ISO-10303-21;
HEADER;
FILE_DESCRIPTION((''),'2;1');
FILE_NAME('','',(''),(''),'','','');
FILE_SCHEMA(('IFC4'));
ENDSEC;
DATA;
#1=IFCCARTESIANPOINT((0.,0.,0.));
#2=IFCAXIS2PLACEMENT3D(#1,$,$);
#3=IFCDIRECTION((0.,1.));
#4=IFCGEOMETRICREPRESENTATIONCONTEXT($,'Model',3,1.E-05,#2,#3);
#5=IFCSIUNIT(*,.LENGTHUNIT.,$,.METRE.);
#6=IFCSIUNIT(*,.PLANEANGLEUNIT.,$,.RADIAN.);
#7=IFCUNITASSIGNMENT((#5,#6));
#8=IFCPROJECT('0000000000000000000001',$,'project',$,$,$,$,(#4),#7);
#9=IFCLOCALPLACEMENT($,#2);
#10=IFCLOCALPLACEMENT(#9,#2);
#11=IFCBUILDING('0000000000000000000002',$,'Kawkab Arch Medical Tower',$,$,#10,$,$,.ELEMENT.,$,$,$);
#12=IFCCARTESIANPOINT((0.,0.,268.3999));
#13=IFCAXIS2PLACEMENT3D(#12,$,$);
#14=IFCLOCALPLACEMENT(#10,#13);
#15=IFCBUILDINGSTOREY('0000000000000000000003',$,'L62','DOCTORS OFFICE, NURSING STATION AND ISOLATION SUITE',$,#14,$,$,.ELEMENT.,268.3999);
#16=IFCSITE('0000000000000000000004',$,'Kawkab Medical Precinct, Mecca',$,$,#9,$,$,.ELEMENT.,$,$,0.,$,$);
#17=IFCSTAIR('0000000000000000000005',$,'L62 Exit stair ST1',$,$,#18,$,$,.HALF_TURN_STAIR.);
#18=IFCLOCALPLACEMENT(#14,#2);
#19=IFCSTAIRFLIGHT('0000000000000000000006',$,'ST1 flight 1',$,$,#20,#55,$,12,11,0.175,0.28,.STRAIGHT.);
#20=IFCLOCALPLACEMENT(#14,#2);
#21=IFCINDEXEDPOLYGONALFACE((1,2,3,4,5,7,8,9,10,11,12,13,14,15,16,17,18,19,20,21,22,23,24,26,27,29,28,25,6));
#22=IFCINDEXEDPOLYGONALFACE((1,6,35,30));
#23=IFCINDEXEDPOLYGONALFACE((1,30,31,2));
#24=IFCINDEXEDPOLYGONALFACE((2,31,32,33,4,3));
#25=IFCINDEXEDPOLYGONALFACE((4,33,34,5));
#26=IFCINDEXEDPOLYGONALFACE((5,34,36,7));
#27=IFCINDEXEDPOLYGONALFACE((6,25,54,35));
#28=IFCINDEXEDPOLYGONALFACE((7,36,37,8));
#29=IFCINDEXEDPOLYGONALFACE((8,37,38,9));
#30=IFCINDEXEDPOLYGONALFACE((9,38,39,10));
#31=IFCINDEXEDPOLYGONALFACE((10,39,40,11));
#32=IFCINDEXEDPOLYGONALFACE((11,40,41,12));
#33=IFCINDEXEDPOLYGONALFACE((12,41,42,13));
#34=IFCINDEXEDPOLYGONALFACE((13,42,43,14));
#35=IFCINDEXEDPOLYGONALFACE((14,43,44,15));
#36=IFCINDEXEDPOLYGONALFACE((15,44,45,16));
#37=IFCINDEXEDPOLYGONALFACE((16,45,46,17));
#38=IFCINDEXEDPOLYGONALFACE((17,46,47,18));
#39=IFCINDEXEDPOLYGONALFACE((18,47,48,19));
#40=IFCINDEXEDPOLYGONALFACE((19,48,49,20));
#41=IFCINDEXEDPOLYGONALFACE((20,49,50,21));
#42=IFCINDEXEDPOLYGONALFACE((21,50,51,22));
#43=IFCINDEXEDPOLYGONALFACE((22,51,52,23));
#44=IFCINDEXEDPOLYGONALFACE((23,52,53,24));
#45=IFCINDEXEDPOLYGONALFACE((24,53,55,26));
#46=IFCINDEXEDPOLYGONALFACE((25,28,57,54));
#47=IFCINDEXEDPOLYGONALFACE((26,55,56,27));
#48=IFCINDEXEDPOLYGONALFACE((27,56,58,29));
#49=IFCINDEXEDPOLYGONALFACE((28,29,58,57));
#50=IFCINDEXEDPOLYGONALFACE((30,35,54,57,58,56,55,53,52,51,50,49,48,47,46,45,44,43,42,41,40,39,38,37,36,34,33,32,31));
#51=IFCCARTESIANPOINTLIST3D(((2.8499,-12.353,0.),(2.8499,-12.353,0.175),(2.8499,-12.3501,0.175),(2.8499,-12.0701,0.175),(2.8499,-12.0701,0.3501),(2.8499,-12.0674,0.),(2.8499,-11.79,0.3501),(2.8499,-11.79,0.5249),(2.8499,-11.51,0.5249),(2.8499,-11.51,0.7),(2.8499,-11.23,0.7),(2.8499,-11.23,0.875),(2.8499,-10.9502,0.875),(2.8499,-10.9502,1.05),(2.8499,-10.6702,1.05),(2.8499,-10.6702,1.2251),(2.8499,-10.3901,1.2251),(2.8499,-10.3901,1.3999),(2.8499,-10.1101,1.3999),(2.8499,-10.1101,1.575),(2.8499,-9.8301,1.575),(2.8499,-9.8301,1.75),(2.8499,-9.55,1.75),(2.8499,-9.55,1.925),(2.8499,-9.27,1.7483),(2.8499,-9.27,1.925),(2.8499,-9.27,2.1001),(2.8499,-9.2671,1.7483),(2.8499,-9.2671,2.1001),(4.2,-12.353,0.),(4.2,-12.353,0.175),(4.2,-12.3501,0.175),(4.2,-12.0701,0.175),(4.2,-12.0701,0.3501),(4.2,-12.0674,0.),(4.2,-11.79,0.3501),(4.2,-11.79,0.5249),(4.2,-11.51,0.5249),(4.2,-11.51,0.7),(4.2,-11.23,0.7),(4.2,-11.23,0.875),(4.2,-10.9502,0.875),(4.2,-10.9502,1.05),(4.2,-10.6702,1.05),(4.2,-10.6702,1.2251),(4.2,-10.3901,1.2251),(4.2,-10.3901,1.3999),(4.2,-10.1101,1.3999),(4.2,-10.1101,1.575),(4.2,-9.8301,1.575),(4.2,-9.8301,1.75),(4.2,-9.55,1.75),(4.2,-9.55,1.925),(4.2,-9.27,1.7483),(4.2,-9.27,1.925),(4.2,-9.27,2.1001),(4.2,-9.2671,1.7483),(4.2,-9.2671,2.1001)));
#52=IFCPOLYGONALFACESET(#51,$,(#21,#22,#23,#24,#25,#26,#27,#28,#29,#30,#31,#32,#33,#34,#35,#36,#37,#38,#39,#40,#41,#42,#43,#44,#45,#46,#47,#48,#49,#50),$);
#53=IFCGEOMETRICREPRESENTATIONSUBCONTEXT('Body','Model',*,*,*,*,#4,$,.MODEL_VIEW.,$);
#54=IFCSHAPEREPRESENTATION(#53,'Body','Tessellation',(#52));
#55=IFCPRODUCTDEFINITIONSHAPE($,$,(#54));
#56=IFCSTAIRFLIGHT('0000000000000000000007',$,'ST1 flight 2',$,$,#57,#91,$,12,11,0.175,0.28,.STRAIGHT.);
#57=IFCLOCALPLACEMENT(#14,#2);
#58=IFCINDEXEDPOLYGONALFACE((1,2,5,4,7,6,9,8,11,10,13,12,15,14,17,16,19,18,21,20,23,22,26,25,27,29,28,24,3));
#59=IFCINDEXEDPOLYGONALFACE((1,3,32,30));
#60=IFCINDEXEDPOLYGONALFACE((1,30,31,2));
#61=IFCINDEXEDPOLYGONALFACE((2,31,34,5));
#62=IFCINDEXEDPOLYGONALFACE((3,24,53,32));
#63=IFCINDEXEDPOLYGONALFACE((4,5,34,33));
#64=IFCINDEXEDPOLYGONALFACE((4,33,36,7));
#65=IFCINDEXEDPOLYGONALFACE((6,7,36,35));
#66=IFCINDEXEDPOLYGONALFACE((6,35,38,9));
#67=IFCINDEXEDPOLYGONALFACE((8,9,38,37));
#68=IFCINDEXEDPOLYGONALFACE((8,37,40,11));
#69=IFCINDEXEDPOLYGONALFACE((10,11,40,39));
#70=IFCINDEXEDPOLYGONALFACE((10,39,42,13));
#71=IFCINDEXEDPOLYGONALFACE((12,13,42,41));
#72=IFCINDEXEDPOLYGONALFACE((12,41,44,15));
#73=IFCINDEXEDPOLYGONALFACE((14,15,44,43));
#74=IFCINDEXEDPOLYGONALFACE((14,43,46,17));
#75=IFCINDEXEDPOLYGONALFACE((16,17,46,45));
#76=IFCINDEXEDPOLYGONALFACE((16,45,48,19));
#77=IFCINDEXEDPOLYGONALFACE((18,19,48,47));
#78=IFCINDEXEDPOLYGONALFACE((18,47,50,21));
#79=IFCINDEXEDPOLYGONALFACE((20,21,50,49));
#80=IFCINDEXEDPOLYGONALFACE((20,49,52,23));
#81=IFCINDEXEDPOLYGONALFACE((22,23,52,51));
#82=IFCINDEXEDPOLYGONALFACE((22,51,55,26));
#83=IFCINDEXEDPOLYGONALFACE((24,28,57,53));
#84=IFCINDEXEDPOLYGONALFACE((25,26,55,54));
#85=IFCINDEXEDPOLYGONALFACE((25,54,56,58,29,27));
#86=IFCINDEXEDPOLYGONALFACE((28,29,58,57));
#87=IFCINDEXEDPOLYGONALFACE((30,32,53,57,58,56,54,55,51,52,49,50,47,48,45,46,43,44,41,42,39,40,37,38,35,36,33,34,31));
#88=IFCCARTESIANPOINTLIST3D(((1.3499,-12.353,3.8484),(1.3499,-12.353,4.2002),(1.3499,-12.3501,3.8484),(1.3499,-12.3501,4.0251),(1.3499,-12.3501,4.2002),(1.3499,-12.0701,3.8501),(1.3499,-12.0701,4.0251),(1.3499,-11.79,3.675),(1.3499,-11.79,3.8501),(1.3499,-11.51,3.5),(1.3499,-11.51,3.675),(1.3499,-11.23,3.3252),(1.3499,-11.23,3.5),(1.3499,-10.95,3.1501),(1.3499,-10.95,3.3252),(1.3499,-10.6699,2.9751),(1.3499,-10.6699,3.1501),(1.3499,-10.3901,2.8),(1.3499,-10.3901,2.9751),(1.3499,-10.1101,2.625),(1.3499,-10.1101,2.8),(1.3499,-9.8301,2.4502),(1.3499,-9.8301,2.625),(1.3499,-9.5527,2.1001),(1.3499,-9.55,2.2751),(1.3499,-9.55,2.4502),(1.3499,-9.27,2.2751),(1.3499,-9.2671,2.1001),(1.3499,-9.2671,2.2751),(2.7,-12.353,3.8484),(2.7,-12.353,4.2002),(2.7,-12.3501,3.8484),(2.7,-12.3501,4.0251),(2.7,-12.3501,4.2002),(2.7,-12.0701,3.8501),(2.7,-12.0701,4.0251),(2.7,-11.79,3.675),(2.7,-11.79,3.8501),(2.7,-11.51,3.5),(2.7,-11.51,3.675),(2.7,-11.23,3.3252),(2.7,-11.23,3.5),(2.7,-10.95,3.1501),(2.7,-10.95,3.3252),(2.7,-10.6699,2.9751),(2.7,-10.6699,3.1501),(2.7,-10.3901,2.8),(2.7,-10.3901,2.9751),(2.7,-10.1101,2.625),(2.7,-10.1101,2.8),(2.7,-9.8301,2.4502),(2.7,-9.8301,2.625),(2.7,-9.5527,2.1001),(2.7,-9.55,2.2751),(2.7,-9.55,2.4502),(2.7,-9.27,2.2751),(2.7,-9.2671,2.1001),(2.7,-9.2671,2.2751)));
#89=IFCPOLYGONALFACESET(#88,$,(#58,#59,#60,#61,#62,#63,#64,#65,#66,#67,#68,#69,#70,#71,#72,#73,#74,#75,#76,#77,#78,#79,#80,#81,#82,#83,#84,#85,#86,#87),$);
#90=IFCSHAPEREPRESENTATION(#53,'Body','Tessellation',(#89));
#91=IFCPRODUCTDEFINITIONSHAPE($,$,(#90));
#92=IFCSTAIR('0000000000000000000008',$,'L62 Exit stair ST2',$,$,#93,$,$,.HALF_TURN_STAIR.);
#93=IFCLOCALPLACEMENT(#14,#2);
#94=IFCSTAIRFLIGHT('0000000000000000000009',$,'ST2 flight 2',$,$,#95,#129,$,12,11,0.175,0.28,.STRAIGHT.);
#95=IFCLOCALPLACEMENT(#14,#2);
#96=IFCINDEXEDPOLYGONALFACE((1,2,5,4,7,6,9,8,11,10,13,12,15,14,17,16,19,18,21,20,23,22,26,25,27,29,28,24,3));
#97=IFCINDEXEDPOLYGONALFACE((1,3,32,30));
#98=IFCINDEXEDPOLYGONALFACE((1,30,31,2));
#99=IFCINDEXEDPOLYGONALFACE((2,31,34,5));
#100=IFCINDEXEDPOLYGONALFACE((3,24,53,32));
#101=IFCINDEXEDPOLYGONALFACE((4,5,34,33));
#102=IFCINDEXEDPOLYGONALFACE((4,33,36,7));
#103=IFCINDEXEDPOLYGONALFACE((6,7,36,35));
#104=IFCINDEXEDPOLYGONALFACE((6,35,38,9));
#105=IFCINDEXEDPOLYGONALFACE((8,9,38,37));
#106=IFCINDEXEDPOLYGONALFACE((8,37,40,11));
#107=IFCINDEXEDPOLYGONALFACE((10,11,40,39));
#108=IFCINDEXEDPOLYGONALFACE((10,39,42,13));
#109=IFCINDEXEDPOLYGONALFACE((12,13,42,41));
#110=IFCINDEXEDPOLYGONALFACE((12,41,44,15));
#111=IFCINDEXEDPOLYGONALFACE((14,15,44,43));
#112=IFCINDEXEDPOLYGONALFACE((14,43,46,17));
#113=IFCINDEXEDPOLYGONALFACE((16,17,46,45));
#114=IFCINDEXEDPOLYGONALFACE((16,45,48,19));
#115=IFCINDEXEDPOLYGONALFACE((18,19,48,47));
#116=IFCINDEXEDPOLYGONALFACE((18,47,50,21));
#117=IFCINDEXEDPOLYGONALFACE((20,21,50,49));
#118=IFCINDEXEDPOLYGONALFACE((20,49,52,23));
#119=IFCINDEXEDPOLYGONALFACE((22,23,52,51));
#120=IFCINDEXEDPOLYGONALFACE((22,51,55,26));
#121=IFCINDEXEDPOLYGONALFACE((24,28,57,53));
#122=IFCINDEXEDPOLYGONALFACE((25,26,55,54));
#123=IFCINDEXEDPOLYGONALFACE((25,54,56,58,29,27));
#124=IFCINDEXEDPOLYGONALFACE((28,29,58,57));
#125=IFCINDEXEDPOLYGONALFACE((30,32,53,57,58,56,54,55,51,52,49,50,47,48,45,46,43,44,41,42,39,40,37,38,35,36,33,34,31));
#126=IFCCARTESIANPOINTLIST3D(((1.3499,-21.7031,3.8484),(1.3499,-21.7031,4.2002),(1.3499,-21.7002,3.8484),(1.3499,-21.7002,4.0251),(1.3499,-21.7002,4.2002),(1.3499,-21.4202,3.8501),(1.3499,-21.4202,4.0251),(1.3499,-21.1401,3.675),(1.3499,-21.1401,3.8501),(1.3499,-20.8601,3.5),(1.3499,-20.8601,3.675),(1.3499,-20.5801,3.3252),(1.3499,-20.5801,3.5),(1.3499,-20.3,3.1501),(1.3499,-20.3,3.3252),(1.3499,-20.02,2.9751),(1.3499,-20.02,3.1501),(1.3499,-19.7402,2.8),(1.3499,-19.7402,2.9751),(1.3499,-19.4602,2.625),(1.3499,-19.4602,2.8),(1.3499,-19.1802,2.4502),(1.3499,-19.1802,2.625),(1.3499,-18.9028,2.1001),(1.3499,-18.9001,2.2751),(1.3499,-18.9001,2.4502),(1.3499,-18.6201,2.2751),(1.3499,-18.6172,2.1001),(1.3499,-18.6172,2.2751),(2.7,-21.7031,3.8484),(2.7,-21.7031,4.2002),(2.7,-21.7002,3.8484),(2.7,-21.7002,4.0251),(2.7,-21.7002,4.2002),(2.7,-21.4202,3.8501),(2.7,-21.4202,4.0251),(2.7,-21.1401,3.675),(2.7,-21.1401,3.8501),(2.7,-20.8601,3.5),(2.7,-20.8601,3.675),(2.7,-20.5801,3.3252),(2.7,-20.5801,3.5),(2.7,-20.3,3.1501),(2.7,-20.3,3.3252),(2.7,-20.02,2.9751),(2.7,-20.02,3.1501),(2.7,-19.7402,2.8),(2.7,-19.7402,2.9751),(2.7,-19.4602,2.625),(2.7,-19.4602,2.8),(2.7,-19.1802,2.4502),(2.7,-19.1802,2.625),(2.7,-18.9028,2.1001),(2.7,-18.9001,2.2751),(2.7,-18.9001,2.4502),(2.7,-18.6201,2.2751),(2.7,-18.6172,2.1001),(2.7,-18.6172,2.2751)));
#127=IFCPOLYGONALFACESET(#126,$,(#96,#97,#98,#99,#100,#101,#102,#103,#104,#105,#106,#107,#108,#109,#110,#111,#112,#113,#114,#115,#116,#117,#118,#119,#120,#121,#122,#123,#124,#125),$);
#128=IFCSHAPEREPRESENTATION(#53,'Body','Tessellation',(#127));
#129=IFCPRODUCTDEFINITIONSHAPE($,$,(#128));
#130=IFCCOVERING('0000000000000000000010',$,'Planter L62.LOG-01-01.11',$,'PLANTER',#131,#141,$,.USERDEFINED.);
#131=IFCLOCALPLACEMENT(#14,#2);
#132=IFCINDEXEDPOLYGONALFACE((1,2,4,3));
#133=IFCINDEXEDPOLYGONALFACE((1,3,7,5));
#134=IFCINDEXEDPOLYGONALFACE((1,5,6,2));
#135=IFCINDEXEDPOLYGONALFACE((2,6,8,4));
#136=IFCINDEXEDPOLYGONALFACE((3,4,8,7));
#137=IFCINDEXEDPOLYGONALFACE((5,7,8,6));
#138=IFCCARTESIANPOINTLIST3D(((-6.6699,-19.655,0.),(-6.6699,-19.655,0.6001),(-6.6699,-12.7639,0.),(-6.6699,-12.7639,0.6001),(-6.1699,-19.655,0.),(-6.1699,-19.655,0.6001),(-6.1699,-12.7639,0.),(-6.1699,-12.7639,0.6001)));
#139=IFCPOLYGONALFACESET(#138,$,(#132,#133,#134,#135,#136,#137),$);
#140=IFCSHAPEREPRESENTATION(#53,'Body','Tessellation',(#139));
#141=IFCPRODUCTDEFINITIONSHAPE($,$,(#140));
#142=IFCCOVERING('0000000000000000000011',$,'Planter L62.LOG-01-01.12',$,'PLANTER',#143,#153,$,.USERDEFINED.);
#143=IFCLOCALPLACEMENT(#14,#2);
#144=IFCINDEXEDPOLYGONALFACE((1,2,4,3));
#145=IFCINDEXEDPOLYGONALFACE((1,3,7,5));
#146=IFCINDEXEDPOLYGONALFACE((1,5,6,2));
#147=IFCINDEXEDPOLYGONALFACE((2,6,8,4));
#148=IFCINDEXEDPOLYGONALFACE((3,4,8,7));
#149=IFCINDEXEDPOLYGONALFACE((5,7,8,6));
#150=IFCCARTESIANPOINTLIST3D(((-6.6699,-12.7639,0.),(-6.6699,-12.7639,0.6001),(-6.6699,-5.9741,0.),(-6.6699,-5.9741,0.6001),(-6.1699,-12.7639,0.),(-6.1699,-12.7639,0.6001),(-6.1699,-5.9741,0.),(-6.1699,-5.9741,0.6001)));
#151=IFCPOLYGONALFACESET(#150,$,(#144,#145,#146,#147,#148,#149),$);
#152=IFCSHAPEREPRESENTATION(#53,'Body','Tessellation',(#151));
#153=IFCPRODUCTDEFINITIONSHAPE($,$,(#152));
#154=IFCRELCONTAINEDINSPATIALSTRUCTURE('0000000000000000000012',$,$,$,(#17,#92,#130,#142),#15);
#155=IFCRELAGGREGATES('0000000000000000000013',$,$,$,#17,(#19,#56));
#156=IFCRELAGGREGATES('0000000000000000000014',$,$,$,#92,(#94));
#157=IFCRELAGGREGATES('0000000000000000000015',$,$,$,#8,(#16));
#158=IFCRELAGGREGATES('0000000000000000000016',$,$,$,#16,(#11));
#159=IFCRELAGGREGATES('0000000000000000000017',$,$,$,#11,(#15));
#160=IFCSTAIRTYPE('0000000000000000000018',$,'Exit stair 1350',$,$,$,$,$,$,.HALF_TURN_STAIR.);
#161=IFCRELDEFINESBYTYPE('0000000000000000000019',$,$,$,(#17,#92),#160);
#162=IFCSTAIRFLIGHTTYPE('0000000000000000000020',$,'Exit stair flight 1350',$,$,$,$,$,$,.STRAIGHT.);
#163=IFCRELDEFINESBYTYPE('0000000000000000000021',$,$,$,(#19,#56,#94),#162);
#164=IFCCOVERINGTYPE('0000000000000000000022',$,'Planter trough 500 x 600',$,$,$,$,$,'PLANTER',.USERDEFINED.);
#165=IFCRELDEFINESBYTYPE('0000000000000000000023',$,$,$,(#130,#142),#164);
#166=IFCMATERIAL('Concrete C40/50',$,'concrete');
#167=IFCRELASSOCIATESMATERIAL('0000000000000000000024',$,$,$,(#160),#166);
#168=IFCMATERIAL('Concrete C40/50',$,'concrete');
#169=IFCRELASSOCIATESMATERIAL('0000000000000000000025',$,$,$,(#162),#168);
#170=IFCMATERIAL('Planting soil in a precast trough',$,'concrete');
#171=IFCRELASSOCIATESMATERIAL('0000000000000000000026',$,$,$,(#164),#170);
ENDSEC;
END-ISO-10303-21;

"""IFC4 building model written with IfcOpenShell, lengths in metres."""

from ifc_helpers import new_model, si_unit, direction, frame, origin, origin_2d, place, context, subcontext, project, spatial, polyline, rectangle, outline, extrude, material, material_profile, profile_set, type_object, element, aggregate, save


model = new_model("IFC4")

# Units and contexts
model_context = context("Model", 3, precision=1e-05, world=origin(), true_north=direction((0.0, 1.0)))
body_context = subcontext(model_context, "Body", "Model", "MODEL_VIEW")
ifc_project = project(units=[si_unit("LENGTHUNIT", "METRE"), si_unit("PLANEANGLEUNIT", "RADIAN")], contexts=[model_context])

# Site, building, storey
site_placement = place(None, origin())
site = spatial("IfcSite", under=ifc_project, at=site_placement, Name="Kawkab Medical Precinct, Mecca", CompositionType="ELEMENT", RefElevation=0.0)
building_placement = place(site_placement, origin())
building = spatial("IfcBuilding", under=site, at=building_placement, Name="Kawkab Arch Medical Tower", CompositionType="ELEMENT")
storey_placement = place(building_placement, frame((0.0, 0.0, 268.3999)))
storey = spatial("IfcBuildingStorey", under=building, at=storey_placement, Name="L62", Description="DOCTORS OFFICE, NURSING STATION AND ISOLATION SUITE", CompositionType="ELEMENT", Elevation=268.3999)

# Shared definitions
placement = place(storey_placement, origin())

# Stair, stair flights
ifc_material_1 = material(Name="Concrete C40/50", Category="concrete")
stair_type = type_object("IfcStairType", Name="Exit stair 1350", PredefinedType="HALF_TURN_STAIR", material=ifc_material_1)
stair_1 = element("IfcStair", 1, at=placement, inside=storey, type_object=stair_type, Name="L62 Exit stair ST1", PredefinedType="HALF_TURN_STAIR")
ifc_material_2 = material(Name="Concrete C40/50", Category="concrete")
stair_flight_type = type_object("IfcStairFlightType", Name="Exit stair flight 1350", PredefinedType="STRAIGHT", material=ifc_material_2)
stair_flight_1_placement = place(storey_placement, frame((3.5249, -12.3501, 0.0), z_axis=(0.0, 0.0, 1.0), x_axis=(0.0, 1.0, 0.0)))
stair_flight_1 = element("IfcStairFlight", 2, at=stair_flight_1_placement, type_object=stair_flight_type, Name="ST1 flight 1", NumberOfRisers=12, NumberOfTreads=11, PredefinedType="STRAIGHT", RiserHeight=0.175, TreadLength=0.28, context=body_context, shape_type="SweptSolid", body=[
    extrude(outline(polyline([(-0.0029, 0.0), (-0.0029, 0.175), (0.0, 0.175), (0.28, 0.175), (0.28, 0.3501), (0.5601, 0.3501), (0.5601, 0.5249), (0.8401, 0.5249), (0.8401, 0.7), (1.1201, 0.7), (1.1201, 0.875), (1.3999, 0.875), (1.3999, 1.05), (1.6799, 1.05), (1.6799, 1.2251), (1.96, 1.2251), (1.96, 1.3999), (2.24, 1.3999), (2.24, 1.575), (2.52, 1.575), (2.52, 1.75), (2.8, 1.75), (2.8, 1.925), (3.0801, 1.925), (3.0801, 2.1001), (3.083, 2.1001), (3.083, 1.7483), (3.0801, 1.7483), (0.2827, 0.0), (-0.0029, 0.0)])), frame((0.0, 0.675, 0.0), z_axis=(0.0, -1.0, 0.0), x_axis=(1.0, 0.0, 0.0)), (0.0, 0.0, 1.0), 1.3501),
])
stair_flight_2_placement = place(storey_placement, frame((2.0249, -9.27, 2.1001), z_axis=(0.0, 0.0, 1.0), x_axis=(0.0, -1.0, 0.0)))
stair_flight_2 = element("IfcStairFlight", 3, at=stair_flight_2_placement, type_object=stair_flight_type, Name="ST1 flight 2", NumberOfRisers=12, NumberOfTreads=11, PredefinedType="STRAIGHT", RiserHeight=0.175, TreadLength=0.28, context=body_context, shape_type="SweptSolid", body=[
    extrude(outline(polyline([(-0.0029, 0.0), (-0.0029, 0.175), (0.0, 0.175), (0.28, 0.175), (0.28, 0.3501), (0.5601, 0.3501), (0.5601, 0.5249), (0.8401, 0.5249), (0.8401, 0.7), (1.1201, 0.7), (1.1201, 0.875), (1.3999, 0.875), (1.3999, 1.05), (1.6799, 1.05), (1.6799, 1.2251), (1.96, 1.2251), (1.96, 1.3999), (2.24, 1.3999), (2.24, 1.575), (2.52, 1.575), (2.52, 1.75), (2.8, 1.75), (2.8, 1.925), (3.0801, 1.925), (3.0801, 2.1001), (3.083, 2.1001), (3.083, 1.7483), (3.0801, 1.7483), (0.2827, 0.0), (-0.0029, 0.0)])), frame((0.0, 0.675, 0.0), z_axis=(0.0, -1.0, 0.0), x_axis=(1.0, 0.0, 0.0)), (0.0, 0.0, 1.0), 1.3501),
])
aggregate(stair_1, [stair_flight_1, stair_flight_2])

# Stair, stair flight
stair_2 = element("IfcStair", 4, at=placement, inside=storey, type_object=stair_type, Name="L62 Exit stair ST2", PredefinedType="HALF_TURN_STAIR")
stair_flight_3_placement = place(storey_placement, frame((2.0249, -18.6201, 2.1001), z_axis=(0.0, 0.0, 1.0), x_axis=(0.0, -1.0, 0.0)))
stair_flight_3 = element("IfcStairFlight", 5, at=stair_flight_3_placement, type_object=stair_flight_type, Name="ST2 flight 2", NumberOfRisers=12, NumberOfTreads=11, PredefinedType="STRAIGHT", RiserHeight=0.175, TreadLength=0.28, context=body_context, shape_type="SweptSolid", body=[
    extrude(outline(polyline([(-0.0029, 0.0), (-0.0029, 0.175), (0.0, 0.175), (0.28, 0.175), (0.28, 0.3501), (0.5601, 0.3501), (0.5601, 0.5249), (0.8401, 0.5249), (0.8401, 0.7), (1.1201, 0.7), (1.1201, 0.875), (1.3999, 0.875), (1.3999, 1.05), (1.6799, 1.05), (1.6799, 1.2251), (1.96, 1.2251), (1.96, 1.3999), (2.24, 1.3999), (2.24, 1.575), (2.52, 1.575), (2.52, 1.75), (2.8, 1.75), (2.8, 1.925), (3.0801, 1.925), (3.0801, 2.1001), (3.083, 2.1001), (3.083, 1.7483), (3.0801, 1.7483), (0.2827, 0.0), (-0.0029, 0.0)])), frame((0.0, 0.675, 0.0), z_axis=(0.0, -1.0, 0.0), x_axis=(1.0, 0.0, 0.0)), (0.0, 0.0, 1.0), 1.3501),
])
aggregate(stair_2, [stair_flight_3])

# Coverings
ifc_material_3 = material(Name="Planting soil in a precast trough", Category="concrete")
ifc_material_profile_1 = material_profile(ifc_material_3, rectangle(XDim=0.5, YDim=0.6001, at=origin_2d()), Name="Trough 500x600")
ifc_profile_set_1 = profile_set([ifc_material_profile_1], Name="Planting soil in a precast trough")
covering_type = type_object("IfcCoveringType", Name="Planter trough 500 x 600", ElementType="PLANTER", PredefinedType="USERDEFINED", material=ifc_profile_set_1)
covering_1_placement = place(storey_placement, frame((-6.4199, -19.655, 0.3), z_axis=(0.0, 1.0, 0.0), x_axis=(-1.0, 0.0, 0.0)))
element("IfcCovering", 6, at=covering_1_placement, inside=storey, type_object=covering_type, Name="Planter L62.LOG-01-01.11", ObjectType="PLANTER", PredefinedType="USERDEFINED", context=body_context, shape_type="SweptSolid", body=[
    extrude(rectangle(XDim=0.5, YDim=0.6001, at=origin_2d()), origin(), (0.0, 0.0, 1.0), 6.8911),
])
covering_2_placement = place(storey_placement, frame((-6.4199, -12.7639, 0.3), z_axis=(0.0, 1.0, 0.0), x_axis=(-1.0, 0.0, 0.0)))
element("IfcCovering", 7, at=covering_2_placement, inside=storey, type_object=covering_type, Name="Planter L62.LOG-01-01.12", ObjectType="PLANTER", PredefinedType="USERDEFINED", context=body_context, shape_type="SweptSolid", body=[
    extrude(rectangle(XDim=0.5, YDim=0.6001, at=origin_2d()), origin(), (0.0, 0.0, 1.0), 6.7898),
])

save(model, "model.ifc")
